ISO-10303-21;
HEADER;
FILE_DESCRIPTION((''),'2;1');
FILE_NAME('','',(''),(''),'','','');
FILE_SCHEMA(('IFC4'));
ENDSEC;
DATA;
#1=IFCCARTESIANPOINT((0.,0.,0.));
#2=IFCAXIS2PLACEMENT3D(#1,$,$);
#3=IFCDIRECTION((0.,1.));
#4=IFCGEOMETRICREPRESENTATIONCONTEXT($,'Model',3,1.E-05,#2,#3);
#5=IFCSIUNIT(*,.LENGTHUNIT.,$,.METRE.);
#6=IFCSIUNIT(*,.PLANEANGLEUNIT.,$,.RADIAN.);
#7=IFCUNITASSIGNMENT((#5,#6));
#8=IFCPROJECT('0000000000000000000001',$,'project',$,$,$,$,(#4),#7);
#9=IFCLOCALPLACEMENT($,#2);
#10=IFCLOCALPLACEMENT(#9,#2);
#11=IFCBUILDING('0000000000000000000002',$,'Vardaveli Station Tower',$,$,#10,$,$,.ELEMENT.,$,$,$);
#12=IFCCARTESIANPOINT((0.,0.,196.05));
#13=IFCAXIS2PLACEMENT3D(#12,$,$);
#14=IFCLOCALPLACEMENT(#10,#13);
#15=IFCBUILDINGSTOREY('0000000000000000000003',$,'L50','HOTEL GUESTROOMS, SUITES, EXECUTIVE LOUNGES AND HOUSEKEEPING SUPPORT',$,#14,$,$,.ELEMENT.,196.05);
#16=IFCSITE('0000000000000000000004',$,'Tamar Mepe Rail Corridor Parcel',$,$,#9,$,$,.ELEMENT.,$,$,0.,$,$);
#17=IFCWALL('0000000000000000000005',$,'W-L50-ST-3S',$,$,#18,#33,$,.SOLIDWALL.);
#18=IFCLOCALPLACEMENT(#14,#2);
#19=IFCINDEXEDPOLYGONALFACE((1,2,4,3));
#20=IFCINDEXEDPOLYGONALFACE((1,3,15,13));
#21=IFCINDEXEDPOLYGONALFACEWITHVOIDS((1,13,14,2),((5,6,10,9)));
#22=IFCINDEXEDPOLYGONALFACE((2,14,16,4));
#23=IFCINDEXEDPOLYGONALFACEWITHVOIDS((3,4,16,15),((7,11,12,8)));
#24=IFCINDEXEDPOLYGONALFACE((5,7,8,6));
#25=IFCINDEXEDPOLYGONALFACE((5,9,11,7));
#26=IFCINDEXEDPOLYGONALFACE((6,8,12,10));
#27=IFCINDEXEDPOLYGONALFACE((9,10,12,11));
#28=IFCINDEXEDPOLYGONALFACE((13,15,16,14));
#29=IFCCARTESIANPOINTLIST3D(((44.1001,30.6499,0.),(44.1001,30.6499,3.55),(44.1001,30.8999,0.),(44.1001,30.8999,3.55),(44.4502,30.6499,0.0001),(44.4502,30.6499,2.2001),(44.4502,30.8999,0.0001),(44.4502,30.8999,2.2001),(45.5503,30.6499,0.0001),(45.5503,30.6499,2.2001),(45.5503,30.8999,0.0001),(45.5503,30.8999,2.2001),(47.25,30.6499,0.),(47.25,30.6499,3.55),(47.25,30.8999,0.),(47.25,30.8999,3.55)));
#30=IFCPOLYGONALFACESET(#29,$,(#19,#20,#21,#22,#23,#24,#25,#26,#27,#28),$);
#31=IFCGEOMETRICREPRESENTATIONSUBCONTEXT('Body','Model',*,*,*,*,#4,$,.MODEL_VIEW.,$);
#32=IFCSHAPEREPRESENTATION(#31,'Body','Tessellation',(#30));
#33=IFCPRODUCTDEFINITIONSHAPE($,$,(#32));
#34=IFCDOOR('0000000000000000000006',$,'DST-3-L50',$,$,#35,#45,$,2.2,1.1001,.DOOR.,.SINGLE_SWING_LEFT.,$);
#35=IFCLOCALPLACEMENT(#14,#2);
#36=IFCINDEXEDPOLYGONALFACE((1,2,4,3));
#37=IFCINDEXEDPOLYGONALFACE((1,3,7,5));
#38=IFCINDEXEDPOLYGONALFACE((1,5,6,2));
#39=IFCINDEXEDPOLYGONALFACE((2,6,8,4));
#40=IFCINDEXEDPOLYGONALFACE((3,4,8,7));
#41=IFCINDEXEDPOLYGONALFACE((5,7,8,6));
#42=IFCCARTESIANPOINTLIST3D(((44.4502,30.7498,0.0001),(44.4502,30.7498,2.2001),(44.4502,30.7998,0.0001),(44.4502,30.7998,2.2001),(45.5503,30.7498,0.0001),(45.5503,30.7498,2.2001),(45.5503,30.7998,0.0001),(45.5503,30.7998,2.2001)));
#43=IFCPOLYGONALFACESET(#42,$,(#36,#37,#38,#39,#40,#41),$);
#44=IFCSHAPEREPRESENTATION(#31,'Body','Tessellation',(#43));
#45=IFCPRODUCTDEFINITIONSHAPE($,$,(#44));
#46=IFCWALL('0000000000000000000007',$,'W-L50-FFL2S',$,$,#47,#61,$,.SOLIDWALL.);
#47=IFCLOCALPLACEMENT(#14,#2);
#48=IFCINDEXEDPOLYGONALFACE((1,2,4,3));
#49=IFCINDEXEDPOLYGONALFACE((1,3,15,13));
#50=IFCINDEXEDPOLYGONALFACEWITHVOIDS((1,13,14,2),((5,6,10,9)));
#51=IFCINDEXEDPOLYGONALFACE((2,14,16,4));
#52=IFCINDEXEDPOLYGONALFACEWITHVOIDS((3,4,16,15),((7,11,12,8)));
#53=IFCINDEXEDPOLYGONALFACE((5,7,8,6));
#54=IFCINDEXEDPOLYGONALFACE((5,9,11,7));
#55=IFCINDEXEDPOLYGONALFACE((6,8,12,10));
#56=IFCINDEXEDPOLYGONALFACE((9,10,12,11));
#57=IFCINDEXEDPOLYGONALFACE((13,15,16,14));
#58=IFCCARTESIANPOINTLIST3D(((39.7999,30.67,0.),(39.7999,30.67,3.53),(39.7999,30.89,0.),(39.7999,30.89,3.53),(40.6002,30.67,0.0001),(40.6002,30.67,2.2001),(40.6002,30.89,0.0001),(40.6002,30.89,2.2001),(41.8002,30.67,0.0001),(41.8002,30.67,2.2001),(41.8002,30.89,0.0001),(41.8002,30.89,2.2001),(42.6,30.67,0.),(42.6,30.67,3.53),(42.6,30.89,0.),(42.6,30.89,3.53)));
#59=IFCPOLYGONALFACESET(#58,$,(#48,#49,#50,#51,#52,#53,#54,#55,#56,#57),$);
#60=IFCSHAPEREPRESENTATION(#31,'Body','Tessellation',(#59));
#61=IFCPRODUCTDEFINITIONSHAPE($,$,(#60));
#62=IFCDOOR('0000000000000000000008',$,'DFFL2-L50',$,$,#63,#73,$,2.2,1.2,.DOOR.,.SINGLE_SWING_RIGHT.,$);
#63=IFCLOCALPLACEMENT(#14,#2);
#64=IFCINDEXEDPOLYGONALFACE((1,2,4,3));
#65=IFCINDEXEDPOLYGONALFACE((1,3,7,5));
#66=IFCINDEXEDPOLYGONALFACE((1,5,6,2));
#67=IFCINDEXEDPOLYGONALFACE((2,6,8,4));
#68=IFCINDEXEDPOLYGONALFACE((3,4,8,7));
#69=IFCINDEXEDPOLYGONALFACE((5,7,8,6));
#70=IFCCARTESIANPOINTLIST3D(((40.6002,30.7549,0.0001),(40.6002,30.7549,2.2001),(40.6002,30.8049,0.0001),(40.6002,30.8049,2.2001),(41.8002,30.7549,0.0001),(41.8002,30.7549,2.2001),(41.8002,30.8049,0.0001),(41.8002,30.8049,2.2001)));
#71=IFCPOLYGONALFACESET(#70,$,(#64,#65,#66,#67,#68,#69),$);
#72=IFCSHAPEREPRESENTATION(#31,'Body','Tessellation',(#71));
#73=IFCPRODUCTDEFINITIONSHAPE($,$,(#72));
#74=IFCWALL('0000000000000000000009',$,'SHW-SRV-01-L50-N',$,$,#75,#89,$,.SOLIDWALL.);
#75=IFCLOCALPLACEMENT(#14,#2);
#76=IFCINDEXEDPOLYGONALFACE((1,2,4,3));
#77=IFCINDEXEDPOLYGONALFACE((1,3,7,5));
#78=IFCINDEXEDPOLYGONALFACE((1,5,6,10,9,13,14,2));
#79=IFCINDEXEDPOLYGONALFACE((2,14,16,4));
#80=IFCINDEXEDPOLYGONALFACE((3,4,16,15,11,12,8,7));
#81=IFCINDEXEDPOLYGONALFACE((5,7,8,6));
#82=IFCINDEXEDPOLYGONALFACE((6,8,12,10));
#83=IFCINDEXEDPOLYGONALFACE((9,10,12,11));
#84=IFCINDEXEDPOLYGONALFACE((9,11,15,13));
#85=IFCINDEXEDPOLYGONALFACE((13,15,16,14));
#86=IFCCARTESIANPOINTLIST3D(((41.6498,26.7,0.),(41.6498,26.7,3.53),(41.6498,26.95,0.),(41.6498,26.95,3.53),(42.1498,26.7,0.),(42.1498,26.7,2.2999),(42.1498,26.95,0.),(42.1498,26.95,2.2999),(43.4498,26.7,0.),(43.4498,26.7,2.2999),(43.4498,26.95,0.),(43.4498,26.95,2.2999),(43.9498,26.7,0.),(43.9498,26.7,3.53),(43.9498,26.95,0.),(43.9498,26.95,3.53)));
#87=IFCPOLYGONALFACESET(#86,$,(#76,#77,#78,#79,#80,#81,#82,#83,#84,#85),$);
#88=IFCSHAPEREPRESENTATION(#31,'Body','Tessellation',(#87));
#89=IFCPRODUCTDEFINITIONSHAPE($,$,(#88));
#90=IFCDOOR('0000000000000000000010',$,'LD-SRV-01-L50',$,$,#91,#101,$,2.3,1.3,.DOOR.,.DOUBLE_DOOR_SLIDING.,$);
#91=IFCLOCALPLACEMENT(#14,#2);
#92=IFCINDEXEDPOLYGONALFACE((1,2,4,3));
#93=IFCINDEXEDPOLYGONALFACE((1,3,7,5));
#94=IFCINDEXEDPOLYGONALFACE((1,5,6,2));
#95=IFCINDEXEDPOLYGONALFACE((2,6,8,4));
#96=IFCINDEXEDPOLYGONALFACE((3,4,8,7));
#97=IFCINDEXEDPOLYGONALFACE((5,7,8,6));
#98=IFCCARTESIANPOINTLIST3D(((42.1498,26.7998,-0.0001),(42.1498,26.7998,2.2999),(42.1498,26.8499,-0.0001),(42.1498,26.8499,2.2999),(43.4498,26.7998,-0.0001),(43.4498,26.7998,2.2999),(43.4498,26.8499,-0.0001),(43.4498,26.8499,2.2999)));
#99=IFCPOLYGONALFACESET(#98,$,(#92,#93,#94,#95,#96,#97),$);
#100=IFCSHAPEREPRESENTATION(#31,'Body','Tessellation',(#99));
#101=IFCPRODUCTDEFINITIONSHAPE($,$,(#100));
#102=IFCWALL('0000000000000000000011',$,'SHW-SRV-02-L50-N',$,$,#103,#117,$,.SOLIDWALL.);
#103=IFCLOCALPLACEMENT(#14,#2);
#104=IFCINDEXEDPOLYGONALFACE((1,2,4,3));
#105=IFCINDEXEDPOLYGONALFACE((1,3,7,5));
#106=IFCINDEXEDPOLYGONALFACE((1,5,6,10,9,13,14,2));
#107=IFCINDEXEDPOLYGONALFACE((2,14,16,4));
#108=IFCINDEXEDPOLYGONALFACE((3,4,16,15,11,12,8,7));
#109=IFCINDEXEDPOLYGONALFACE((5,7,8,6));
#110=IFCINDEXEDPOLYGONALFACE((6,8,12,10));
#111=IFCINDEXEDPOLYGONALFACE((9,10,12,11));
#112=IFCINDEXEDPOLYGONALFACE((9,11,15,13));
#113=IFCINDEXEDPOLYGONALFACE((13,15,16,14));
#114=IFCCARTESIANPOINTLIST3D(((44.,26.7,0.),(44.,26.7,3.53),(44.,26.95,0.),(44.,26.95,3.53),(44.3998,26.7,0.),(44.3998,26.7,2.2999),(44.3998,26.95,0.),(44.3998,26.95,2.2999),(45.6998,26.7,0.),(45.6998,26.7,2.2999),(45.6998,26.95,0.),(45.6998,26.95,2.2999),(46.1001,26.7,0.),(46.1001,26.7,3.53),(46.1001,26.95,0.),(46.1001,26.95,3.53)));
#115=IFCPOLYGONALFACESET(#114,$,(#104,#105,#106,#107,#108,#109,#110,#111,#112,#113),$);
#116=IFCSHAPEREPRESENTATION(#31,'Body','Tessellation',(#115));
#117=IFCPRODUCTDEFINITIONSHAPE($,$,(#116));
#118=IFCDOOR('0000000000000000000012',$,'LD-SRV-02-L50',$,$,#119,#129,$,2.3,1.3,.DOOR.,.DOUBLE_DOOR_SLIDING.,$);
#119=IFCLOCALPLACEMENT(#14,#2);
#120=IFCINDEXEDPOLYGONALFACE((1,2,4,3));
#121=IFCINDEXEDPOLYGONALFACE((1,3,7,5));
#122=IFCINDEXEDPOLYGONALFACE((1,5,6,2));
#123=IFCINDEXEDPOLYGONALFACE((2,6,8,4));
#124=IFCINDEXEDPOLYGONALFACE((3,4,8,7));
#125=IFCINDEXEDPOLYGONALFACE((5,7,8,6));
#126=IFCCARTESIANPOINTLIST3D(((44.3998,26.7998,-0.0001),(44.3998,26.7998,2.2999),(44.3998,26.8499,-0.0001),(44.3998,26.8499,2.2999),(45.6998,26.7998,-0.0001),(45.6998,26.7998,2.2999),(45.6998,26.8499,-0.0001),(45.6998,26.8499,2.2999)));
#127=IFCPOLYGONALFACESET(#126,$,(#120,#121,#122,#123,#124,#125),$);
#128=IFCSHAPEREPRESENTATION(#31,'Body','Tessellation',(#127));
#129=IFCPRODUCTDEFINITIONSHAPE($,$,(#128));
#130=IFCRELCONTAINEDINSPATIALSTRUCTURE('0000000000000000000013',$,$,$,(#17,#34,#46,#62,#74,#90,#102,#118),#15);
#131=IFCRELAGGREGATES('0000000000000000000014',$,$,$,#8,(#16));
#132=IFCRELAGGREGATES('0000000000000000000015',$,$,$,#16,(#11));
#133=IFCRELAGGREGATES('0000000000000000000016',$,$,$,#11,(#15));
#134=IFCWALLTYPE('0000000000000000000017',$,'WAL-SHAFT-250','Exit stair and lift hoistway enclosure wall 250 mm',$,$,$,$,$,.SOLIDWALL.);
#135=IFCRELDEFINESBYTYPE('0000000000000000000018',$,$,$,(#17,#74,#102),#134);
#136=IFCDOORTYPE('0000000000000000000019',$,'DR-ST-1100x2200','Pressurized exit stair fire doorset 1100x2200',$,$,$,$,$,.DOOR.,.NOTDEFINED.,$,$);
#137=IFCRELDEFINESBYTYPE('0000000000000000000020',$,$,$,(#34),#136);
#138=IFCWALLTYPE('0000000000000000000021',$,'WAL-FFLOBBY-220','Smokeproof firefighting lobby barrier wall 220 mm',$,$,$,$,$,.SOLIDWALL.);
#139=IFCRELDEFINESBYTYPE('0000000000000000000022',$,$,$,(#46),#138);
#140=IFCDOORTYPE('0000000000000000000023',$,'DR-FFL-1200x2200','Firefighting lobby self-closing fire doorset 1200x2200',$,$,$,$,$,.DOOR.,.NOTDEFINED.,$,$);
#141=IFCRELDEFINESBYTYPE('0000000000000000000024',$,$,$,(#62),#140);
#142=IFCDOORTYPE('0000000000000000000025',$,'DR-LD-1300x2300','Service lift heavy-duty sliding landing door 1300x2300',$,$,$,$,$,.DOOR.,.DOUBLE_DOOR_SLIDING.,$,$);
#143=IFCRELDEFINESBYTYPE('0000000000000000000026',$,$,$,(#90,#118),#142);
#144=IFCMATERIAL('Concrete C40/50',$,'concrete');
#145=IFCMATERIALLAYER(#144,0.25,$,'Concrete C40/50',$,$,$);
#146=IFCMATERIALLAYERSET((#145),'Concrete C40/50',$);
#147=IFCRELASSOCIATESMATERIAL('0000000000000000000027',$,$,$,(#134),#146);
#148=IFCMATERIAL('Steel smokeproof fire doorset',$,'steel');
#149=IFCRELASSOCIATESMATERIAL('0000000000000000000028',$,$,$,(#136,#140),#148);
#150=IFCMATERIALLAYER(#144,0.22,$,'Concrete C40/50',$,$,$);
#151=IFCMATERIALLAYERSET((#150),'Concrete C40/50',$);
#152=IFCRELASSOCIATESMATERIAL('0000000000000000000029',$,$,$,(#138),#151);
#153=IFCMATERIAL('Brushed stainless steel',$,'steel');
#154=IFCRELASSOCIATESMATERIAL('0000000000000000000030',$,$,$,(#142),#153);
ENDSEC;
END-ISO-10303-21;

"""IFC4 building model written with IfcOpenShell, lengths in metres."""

from ifc_helpers import new_model, si_unit, direction, frame, frame_2d, origin, place, context, subcontext, project, spatial, rectangle, extrude, source, transform, mapped, material, layer, layer_set, type_object, element, fill, save


model = new_model("IFC4")

# Units and contexts
model_context = context("Model", 3, precision=1e-05, world=origin(), true_north=direction((0.0, 1.0)))
body_context = subcontext(model_context, "Body", "Model", "MODEL_VIEW")
ifc_project = project(units=[si_unit("LENGTHUNIT", "METRE"), si_unit("PLANEANGLEUNIT", "RADIAN")], contexts=[model_context])

# Site, building, storey
site_placement = place(None, origin())
site = spatial("IfcSite", under=ifc_project, at=site_placement, Name="Tamar Mepe Rail Corridor Parcel", CompositionType="ELEMENT", RefElevation=0.0)
building_placement = place(site_placement, origin())
building = spatial("IfcBuilding", under=site, at=building_placement, Name="Vardaveli Station Tower", CompositionType="ELEMENT")
storey_placement = place(building_placement, frame((0.0, 0.0, 196.05)))
storey = spatial("IfcBuildingStorey", under=building, at=storey_placement, Name="L50", Description="HOTEL GUESTROOMS, SUITES, EXECUTIVE LOUNGES AND HOUSEKEEPING SUPPORT", CompositionType="ELEMENT", Elevation=196.05)

# Shared definitions
ifc_material_1 = material(Name="Concrete C40/50", Category="concrete")
ifc_layer_1 = layer(ifc_material_1, 0.25, Name="Concrete C40/50")
ifc_layer_set_1 = layer_set([ifc_layer_1], Name="Concrete C40/50")
wall_type_1 = type_object("IfcWallType", Name="WAL-SHAFT-250", Description="Exit stair and lift hoistway enclosure wall 250 mm", PredefinedType="SOLIDWALL", material=ifc_layer_set_1)

# Walls, openings, doors
shared_shape_1 = source(origin(), body_context, "Body", "SweptSolid", [
    extrude(rectangle(XDim=3.1499, YDim=0.25, at=frame_2d((1.575, 0.0))), origin(), (0.0, 0.0, 1.0), 3.55),
])
shared_shape_2 = source(origin(), body_context, "Body", "SweptSolid", [
    extrude(rectangle(XDim=1.1001, YDim=2.2, at=frame_2d((0.55, 1.1001))), frame((0.0, 0.135, 0.0), z_axis=(0.0, -1.0, 0.0), x_axis=(1.0, 0.0, 0.0)), (0.0, 0.0, 1.0), 0.27),
])
ifc_material_2 = material(Name="Steel smokeproof fire doorset", Category="steel")
door_type_1 = type_object("IfcDoorType", Name="DR-ST-1100x2200", Description="Pressurized exit stair fire doorset 1100x2200", OperationType="NOTDEFINED", PredefinedType="DOOR", material=ifc_material_2)
shared_shape_3 = source(origin(), body_context, "Body", "SweptSolid", [
    extrude(rectangle(XDim=1.1001, YDim=2.2, at=frame_2d((0.55, 1.1001))), frame((0.0, 0.0249, 0.0), z_axis=(0.0, -1.0, 0.0), x_axis=(1.0, 0.0, 0.0)), (0.0, 0.0, 1.0), 0.05),
])
wall_1_placement = place(storey_placement, frame((44.1001, 30.7749, 0.0), z_axis=(0.0, 0.0, 1.0), x_axis=(1.0, 0.0, 0.0)))
wall_1 = element("IfcWall", 1, at=wall_1_placement, inside=storey, type_object=wall_type_1, Name="W-L50-ST-3S", PredefinedType="SOLIDWALL", context=body_context, shape_type="MappedRepresentation", body=[
    mapped(shared_shape_1, transform((0.0, 0.0, 0.0), scale=1.0)),
])
opening_1_placement = place(wall_1_placement, frame((0.3501, 0.0, 0.0)))
opening_1 = element("IfcOpeningElement", 2, at=opening_1_placement, cuts=wall_1, PredefinedType="OPENING", context=body_context, shape_type="MappedRepresentation", body=[
    mapped(shared_shape_2, transform((0.0, 0.0, 0.0), scale=1.0)),
])
door_1_placement = place(opening_1_placement, origin())
door_1 = element("IfcDoor", 3, at=door_1_placement, inside=storey, type_object=door_type_1, Name="DST-3-L50", OperationType="SINGLE_SWING_LEFT", OverallHeight=2.2, OverallWidth=1.1001, PredefinedType="DOOR", context=body_context, shape_type="MappedRepresentation", body=[
    mapped(shared_shape_3, transform((0.0, 0.0, 0.0), scale=1.0)),
])
fill(opening_1, door_1)
ifc_layer_2 = layer(ifc_material_1, 0.22, Name="Concrete C40/50")
ifc_layer_set_2 = layer_set([ifc_layer_2], Name="Concrete C40/50")
wall_type_2 = type_object("IfcWallType", Name="WAL-FFLOBBY-220", Description="Smokeproof firefighting lobby barrier wall 220 mm", PredefinedType="SOLIDWALL", material=ifc_layer_set_2)
shared_shape_4 = source(origin(), body_context, "Body", "SweptSolid", [
    extrude(rectangle(XDim=2.8, YDim=0.22, at=frame_2d((1.3999, 0.0))), origin(), (0.0, 0.0, 1.0), 3.53),
])
wall_2_placement = place(storey_placement, frame((39.8, 30.78, 0.0), z_axis=(0.0, 0.0, 1.0), x_axis=(1.0, 0.0, 0.0)))
wall_2 = element("IfcWall", 4, at=wall_2_placement, inside=storey, type_object=wall_type_2, Name="W-L50-FFL2S", PredefinedType="SOLIDWALL", context=body_context, shape_type="MappedRepresentation", body=[
    mapped(shared_shape_4, transform((0.0, 0.0, 0.0), scale=1.0)),
])
shared_shape_5 = source(origin(), body_context, "Body", "SweptSolid", [
    extrude(rectangle(XDim=1.2, YDim=2.2, at=frame_2d((0.6001, 1.1001))), frame((0.0, 0.1201, 0.0), z_axis=(0.0, -1.0, 0.0), x_axis=(1.0, 0.0, 0.0)), (0.0, 0.0, 1.0), 0.24),
])
opening_2_placement = place(wall_2_placement, frame((0.8, 0.0, 0.0)))
opening_2 = element("IfcOpeningElement", 5, at=opening_2_placement, cuts=wall_2, PredefinedType="OPENING", context=body_context, shape_type="MappedRepresentation", body=[
    mapped(shared_shape_5, transform((0.0, 0.0, 0.0), scale=1.0)),
])
door_type_2 = type_object("IfcDoorType", Name="DR-FFL-1200x2200", Description="Firefighting lobby self-closing fire doorset 1200x2200", OperationType="NOTDEFINED", PredefinedType="DOOR", material=ifc_material_2)
shared_shape_6 = source(origin(), body_context, "Body", "SweptSolid", [
    extrude(rectangle(XDim=1.2, YDim=2.2, at=frame_2d((0.6001, 1.1001))), frame((0.0, 0.0249, 0.0), z_axis=(0.0, -1.0, 0.0), x_axis=(1.0, 0.0, 0.0)), (0.0, 0.0, 1.0), 0.05),
])
door_2_placement = place(opening_2_placement, origin())
door_2 = element("IfcDoor", 6, at=door_2_placement, inside=storey, type_object=door_type_2, Name="DFFL2-L50", OperationType="SINGLE_SWING_RIGHT", OverallHeight=2.2, OverallWidth=1.2, PredefinedType="DOOR", context=body_context, shape_type="MappedRepresentation", body=[
    mapped(shared_shape_6, transform((0.0, 0.0, 0.0), scale=1.0)),
])
fill(opening_2, door_2)
shared_shape_7 = source(origin(), body_context, "Body", "SweptSolid", [
    extrude(rectangle(XDim=2.3, YDim=0.25, at=frame_2d((1.1499, 0.0))), origin(), (0.0, 0.0, 1.0), 3.53),
])
wall_3_placement = place(storey_placement, frame((41.6499, 26.825, 0.0), z_axis=(0.0, 0.0, 1.0), x_axis=(1.0, 0.0, 0.0)))
wall_3 = element("IfcWall", 7, at=wall_3_placement, inside=storey, type_object=wall_type_1, Name="SHW-SRV-01-L50-N", PredefinedType="SOLIDWALL", context=body_context, shape_type="MappedRepresentation", body=[
    mapped(shared_shape_7, transform((0.0, 0.0, 0.0), scale=1.0)),
])
shared_shape_8 = source(origin(), body_context, "Body", "SweptSolid", [
    extrude(rectangle(XDim=1.3, YDim=2.3, at=frame_2d((0.6499, 1.1499))), frame((0.0, 0.135, 0.0), z_axis=(0.0, -1.0, 0.0), x_axis=(1.0, 0.0, 0.0)), (0.0, 0.0, 1.0), 0.27),
])
opening_3_placement = place(wall_3_placement, frame((0.5, 0.0, 0.0)))
opening_3 = element("IfcOpeningElement", 8, at=opening_3_placement, cuts=wall_3, PredefinedType="OPENING", context=body_context, shape_type="MappedRepresentation", body=[
    mapped(shared_shape_8, transform((0.0, 0.0, 0.0), scale=1.0)),
])
ifc_material_3 = material(Name="Brushed stainless steel", Category="steel")
door_type_3 = type_object("IfcDoorType", Name="DR-LD-1300x2300", Description="Service lift heavy-duty sliding landing door 1300x2300", OperationType="DOUBLE_DOOR_SLIDING", PredefinedType="DOOR", material=ifc_material_3)
shared_shape_9 = source(origin(), body_context, "Body", "SweptSolid", [
    extrude(rectangle(XDim=1.3, YDim=2.3, at=frame_2d((0.6499, 1.1499))), frame((0.0, 0.0249, 0.0), z_axis=(0.0, -1.0, 0.0), x_axis=(1.0, 0.0, 0.0)), (0.0, 0.0, 1.0), 0.05),
])
door_3_placement = place(opening_3_placement, origin())
door_3 = element("IfcDoor", 9, at=door_3_placement, inside=storey, type_object=door_type_3, Name="LD-SRV-01-L50", OperationType="DOUBLE_DOOR_SLIDING", OverallHeight=2.3, OverallWidth=1.3, PredefinedType="DOOR", context=body_context, shape_type="MappedRepresentation", body=[
    mapped(shared_shape_9, transform((0.0, 0.0, 0.0), scale=1.0)),
])
fill(opening_3, door_3)
shared_shape_10 = source(origin(), body_context, "Body", "SweptSolid", [
    extrude(rectangle(XDim=2.1001, YDim=0.25, at=frame_2d((1.05, 0.0))), origin(), (0.0, 0.0, 1.0), 3.53),
])
wall_4_placement = place(storey_placement, frame((44.0, 26.825, 0.0), z_axis=(0.0, 0.0, 1.0), x_axis=(1.0, 0.0, 0.0)))
wall_4 = element("IfcWall", 10, at=wall_4_placement, inside=storey, type_object=wall_type_1, Name="SHW-SRV-02-L50-N", PredefinedType="SOLIDWALL", context=body_context, shape_type="MappedRepresentation", body=[
    mapped(shared_shape_10, transform((0.0, 0.0, 0.0), scale=1.0)),
])
opening_4_placement = place(wall_4_placement, frame((0.3999, 0.0, 0.0)))
opening_4 = element("IfcOpeningElement", 11, at=opening_4_placement, cuts=wall_4, PredefinedType="OPENING", context=body_context, shape_type="MappedRepresentation", body=[
    mapped(shared_shape_8, transform((0.0, 0.0, 0.0), scale=1.0)),
])
door_4_placement = place(opening_4_placement, origin())
door_4 = element("IfcDoor", 12, at=door_4_placement, inside=storey, type_object=door_type_3, Name="LD-SRV-02-L50", OperationType="DOUBLE_DOOR_SLIDING", OverallHeight=2.3, OverallWidth=1.3, PredefinedType="DOOR", context=body_context, shape_type="MappedRepresentation", body=[
    mapped(shared_shape_9, transform((0.0, 0.0, 0.0), scale=1.0)),
])
fill(opening_4, door_4)

save(model, "model.ifc")
